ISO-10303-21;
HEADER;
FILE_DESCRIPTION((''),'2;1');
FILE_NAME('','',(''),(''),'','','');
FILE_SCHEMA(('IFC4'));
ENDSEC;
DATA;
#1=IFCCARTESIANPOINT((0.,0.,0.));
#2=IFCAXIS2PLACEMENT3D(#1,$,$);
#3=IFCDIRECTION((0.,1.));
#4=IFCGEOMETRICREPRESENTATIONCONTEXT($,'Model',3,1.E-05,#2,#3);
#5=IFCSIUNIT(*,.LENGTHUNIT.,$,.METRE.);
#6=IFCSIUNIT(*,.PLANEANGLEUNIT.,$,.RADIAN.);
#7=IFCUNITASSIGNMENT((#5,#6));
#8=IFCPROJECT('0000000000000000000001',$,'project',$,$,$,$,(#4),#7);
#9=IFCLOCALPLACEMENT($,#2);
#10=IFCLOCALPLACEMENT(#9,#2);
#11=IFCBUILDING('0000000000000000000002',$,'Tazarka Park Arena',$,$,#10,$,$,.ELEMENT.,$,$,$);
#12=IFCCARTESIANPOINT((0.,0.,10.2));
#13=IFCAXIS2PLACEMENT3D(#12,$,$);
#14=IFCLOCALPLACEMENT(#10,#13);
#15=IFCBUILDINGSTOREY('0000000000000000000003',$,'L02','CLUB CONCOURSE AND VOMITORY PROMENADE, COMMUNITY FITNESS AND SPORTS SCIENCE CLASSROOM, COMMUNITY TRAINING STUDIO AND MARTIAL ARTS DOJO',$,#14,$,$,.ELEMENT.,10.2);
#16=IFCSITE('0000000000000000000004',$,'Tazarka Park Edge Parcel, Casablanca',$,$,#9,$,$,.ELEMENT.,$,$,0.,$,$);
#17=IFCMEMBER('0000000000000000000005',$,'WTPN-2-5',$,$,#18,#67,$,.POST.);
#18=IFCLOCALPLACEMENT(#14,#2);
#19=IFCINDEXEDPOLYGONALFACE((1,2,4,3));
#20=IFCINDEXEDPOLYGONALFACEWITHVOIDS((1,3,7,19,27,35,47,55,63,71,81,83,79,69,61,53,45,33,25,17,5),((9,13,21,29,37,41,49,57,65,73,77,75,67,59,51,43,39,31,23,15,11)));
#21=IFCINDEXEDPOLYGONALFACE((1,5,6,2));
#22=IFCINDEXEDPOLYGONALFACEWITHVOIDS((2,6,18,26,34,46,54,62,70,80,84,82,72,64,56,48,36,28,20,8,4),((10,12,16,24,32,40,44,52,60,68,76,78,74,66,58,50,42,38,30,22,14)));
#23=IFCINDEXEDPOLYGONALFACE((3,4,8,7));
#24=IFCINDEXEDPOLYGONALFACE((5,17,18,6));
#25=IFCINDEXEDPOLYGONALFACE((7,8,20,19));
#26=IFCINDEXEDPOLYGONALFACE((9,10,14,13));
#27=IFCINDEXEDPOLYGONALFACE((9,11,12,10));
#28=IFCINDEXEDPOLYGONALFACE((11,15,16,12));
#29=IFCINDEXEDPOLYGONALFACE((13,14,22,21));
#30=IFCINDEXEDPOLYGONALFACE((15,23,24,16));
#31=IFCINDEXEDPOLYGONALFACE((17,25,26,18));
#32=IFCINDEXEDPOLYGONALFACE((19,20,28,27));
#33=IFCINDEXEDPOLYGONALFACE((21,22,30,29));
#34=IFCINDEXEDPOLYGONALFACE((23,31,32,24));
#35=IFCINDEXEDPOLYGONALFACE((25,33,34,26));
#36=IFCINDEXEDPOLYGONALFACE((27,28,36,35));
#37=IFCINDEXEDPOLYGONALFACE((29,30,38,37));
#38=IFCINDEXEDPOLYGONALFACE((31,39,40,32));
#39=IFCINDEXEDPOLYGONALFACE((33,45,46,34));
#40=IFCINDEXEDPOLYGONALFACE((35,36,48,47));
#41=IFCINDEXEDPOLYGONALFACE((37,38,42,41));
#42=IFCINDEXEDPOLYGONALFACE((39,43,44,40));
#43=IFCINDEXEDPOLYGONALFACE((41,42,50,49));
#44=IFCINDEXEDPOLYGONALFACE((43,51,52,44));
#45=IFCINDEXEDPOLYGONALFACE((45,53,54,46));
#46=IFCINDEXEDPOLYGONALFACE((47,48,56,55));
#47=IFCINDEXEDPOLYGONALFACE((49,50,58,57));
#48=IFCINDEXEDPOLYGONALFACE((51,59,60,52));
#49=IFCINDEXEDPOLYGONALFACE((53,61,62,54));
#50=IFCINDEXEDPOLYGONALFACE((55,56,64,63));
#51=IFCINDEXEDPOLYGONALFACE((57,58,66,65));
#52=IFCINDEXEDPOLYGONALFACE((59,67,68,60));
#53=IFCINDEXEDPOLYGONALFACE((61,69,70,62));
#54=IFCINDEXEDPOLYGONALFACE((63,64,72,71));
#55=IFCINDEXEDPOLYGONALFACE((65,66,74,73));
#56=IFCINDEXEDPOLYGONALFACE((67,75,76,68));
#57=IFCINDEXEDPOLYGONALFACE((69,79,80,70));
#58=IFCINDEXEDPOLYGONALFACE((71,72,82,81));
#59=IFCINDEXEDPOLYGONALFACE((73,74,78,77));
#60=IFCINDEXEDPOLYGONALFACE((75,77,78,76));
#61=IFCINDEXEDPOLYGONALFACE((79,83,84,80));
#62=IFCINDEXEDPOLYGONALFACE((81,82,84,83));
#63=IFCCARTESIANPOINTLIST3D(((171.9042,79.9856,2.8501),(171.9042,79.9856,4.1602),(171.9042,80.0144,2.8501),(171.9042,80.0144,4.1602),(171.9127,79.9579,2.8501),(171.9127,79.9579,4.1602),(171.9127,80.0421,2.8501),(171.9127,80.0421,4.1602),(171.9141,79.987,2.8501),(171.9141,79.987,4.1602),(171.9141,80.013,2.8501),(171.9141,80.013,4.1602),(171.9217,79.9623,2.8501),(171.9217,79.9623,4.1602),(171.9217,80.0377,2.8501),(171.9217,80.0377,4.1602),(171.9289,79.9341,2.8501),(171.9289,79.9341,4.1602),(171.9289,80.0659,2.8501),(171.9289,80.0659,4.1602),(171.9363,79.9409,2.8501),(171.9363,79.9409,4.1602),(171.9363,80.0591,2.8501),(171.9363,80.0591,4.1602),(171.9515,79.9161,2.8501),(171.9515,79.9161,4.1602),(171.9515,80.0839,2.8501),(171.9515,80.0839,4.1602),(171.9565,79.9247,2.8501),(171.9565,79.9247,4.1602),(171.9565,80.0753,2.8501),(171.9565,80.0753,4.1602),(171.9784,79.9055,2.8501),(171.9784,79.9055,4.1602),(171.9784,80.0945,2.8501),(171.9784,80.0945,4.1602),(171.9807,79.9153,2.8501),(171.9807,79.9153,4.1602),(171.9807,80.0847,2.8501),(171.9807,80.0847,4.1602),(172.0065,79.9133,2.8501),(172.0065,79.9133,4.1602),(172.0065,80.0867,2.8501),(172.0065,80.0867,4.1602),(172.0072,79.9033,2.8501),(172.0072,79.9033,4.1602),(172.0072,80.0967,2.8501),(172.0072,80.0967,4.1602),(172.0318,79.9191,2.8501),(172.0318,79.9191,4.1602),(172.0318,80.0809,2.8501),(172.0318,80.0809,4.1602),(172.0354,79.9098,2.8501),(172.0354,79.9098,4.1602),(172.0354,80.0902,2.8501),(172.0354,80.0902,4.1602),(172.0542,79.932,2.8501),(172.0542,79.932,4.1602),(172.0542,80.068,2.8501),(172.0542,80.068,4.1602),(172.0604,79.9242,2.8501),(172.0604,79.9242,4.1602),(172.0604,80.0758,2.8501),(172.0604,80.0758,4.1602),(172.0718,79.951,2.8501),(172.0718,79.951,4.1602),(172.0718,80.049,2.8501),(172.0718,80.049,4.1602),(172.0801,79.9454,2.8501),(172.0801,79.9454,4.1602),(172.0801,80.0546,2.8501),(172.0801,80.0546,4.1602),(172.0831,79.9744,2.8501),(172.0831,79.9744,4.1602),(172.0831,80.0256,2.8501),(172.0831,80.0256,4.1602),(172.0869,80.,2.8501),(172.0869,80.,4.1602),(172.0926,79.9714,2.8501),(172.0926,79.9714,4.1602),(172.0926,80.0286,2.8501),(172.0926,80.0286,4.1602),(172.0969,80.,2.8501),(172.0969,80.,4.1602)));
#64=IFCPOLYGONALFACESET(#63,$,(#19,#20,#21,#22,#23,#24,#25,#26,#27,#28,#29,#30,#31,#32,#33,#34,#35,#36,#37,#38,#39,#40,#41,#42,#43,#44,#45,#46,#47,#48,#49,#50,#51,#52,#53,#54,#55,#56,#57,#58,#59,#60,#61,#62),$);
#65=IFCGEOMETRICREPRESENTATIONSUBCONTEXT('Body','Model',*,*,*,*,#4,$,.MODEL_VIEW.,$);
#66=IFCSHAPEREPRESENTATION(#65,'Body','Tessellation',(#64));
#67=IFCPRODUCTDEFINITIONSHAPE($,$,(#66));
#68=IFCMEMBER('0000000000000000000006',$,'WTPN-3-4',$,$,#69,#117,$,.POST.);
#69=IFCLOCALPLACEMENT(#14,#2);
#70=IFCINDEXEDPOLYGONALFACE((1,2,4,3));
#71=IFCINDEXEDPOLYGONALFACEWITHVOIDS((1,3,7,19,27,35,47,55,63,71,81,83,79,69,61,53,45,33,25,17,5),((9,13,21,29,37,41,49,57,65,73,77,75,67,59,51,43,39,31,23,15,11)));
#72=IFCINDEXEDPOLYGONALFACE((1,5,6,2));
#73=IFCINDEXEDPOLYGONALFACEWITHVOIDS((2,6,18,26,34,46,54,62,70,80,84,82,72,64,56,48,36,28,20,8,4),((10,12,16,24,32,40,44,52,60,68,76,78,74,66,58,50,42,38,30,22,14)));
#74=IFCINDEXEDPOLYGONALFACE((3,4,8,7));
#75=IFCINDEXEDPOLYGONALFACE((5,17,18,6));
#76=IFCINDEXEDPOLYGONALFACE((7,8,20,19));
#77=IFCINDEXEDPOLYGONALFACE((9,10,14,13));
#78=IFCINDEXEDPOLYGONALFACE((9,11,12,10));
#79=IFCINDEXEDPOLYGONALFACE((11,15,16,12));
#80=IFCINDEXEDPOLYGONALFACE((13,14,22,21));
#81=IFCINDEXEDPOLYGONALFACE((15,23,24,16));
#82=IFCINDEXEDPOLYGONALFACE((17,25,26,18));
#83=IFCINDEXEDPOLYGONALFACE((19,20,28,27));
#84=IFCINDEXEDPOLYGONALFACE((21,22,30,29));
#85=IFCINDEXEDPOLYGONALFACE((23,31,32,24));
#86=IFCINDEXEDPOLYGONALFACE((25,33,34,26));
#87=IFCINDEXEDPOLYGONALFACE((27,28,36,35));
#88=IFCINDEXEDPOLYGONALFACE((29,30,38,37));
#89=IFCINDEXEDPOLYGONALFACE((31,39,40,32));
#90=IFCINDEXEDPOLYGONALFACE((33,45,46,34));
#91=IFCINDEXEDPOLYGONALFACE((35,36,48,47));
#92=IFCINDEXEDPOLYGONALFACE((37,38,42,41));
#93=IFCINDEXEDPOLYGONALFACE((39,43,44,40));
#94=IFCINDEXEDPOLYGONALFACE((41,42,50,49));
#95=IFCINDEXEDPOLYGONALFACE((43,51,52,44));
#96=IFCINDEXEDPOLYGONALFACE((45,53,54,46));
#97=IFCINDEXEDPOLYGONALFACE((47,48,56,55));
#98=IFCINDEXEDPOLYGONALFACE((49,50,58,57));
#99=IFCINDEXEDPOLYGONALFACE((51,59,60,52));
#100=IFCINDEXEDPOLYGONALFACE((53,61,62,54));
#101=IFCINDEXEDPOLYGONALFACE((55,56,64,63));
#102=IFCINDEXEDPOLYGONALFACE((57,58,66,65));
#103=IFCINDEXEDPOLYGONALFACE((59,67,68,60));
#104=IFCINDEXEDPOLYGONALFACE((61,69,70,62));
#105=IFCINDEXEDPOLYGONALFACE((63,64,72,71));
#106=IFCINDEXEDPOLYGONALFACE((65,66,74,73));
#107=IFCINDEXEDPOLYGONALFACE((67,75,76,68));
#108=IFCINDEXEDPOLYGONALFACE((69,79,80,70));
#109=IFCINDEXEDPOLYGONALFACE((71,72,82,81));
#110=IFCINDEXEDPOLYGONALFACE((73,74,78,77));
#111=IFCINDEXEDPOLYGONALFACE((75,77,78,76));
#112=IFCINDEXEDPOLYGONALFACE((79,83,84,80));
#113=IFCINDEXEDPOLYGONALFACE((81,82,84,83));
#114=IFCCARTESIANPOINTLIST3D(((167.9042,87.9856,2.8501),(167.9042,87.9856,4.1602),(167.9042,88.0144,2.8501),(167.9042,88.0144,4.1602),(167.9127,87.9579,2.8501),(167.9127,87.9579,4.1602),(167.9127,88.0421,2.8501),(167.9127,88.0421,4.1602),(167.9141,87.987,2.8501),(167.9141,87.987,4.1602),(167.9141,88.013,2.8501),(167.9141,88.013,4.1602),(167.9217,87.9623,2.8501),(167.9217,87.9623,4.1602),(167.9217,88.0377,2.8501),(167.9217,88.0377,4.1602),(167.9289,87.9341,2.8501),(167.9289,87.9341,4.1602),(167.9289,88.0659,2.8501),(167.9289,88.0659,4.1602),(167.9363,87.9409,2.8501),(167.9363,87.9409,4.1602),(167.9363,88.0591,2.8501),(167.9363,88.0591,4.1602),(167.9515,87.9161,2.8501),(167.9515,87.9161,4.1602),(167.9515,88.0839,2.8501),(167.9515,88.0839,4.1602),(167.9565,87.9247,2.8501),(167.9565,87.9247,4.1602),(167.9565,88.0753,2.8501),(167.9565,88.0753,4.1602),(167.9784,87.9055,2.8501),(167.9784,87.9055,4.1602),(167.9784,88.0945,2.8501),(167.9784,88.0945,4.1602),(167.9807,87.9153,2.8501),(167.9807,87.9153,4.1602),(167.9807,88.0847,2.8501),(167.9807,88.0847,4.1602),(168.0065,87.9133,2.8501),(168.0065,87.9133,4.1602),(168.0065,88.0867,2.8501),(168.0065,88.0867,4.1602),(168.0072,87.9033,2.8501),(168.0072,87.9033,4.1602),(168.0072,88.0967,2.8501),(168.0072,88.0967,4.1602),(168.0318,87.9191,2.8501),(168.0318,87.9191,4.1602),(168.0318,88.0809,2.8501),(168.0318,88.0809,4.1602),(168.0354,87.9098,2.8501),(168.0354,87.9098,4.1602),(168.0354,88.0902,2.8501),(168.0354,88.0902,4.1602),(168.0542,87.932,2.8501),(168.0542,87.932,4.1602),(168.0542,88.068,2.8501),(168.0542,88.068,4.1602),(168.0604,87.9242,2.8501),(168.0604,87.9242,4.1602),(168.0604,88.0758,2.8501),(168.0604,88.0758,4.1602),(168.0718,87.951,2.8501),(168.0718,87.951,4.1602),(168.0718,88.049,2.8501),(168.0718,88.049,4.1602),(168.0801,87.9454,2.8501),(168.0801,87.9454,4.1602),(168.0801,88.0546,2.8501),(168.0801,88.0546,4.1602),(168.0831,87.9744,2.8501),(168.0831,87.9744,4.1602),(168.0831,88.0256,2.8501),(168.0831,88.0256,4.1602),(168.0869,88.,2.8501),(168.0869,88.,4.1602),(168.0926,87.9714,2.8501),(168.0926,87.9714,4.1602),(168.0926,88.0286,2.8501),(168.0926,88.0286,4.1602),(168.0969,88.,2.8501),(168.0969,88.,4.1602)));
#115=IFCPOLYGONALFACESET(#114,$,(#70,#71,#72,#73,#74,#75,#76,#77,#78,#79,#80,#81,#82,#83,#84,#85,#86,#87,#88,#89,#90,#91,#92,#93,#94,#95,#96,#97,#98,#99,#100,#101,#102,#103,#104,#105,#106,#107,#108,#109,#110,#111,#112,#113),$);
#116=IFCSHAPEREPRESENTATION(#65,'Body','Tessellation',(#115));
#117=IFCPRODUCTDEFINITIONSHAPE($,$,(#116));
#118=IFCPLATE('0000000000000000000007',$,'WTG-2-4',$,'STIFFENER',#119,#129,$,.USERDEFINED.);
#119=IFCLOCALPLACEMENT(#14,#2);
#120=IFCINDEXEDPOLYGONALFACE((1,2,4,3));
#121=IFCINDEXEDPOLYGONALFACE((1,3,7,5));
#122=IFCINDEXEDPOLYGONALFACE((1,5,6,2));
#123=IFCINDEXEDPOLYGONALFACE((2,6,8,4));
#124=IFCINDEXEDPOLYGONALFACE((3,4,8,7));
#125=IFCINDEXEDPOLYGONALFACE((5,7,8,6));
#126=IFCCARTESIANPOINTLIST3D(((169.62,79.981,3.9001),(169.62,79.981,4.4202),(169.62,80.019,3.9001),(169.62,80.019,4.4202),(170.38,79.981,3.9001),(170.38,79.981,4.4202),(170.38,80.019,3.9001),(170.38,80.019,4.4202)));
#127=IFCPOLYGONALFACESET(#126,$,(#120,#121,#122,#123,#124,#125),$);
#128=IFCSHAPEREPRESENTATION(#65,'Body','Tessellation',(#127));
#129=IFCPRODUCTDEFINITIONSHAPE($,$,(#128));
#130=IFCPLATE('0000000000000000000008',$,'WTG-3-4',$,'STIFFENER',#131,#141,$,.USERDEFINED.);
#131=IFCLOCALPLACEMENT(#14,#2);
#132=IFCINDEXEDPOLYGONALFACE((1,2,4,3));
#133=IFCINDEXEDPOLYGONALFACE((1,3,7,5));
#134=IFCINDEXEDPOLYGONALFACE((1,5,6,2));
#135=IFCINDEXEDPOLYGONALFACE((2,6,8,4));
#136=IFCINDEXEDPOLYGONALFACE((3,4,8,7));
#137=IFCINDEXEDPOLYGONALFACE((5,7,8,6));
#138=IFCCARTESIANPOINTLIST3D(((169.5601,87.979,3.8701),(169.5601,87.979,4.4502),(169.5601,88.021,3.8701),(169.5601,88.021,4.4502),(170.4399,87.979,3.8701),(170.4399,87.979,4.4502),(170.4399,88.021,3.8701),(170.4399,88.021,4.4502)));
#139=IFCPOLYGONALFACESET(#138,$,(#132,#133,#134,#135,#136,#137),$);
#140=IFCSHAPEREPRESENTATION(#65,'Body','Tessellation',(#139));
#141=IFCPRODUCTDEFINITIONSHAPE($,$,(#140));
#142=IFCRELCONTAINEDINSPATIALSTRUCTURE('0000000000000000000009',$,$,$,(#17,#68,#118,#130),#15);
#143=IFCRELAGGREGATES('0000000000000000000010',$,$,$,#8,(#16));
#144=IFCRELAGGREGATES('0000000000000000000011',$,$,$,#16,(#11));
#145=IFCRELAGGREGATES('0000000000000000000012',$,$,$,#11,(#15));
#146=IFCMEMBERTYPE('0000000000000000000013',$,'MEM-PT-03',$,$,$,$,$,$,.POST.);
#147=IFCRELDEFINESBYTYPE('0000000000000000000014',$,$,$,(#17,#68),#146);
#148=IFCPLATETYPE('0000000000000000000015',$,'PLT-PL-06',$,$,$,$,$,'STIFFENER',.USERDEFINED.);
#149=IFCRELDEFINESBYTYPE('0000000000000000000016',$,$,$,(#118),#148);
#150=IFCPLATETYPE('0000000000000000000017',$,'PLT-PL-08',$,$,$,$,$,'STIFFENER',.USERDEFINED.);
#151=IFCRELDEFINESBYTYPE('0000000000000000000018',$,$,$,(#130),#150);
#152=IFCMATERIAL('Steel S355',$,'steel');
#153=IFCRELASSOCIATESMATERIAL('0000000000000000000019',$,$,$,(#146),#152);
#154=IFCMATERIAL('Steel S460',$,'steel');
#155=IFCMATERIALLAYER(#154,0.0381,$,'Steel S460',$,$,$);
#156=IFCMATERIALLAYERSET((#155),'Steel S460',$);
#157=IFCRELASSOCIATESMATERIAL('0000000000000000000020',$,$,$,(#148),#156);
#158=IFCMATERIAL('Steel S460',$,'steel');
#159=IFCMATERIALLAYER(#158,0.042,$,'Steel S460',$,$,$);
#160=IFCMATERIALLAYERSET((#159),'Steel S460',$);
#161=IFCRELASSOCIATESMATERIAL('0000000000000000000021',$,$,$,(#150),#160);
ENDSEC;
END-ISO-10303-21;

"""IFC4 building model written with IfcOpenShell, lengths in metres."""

from ifc_helpers import new_model, si_unit, direction, frame, origin, origin_2d, place, context, subcontext, project, spatial, rectangle, hollow_circle, extrude, material, layer, layer_set, material_profile, profile_set, type_object, element, save


model = new_model("IFC4")

# Units and contexts
model_context = context("Model", 3, precision=1e-05, world=origin(), true_north=direction((0.0, 1.0)))
body_context = subcontext(model_context, "Body", "Model", "MODEL_VIEW")
ifc_project = project(units=[si_unit("LENGTHUNIT", "METRE"), si_unit("PLANEANGLEUNIT", "RADIAN")], contexts=[model_context])

# Site, building, storey
site_placement = place(None, origin())
site = spatial("IfcSite", under=ifc_project, at=site_placement, Name="Tazarka Park Edge Parcel, Casablanca", CompositionType="ELEMENT", RefElevation=0.0)
building_placement = place(site_placement, origin())
building = spatial("IfcBuilding", under=site, at=building_placement, Name="Tazarka Park Arena", CompositionType="ELEMENT")
storey_placement = place(building_placement, frame((0.0, 0.0, 10.2)))
storey = spatial("IfcBuildingStorey", under=building, at=storey_placement, Name="L02", Description="CLUB CONCOURSE AND VOMITORY PROMENADE, COMMUNITY FITNESS AND SPORTS SCIENCE CLASSROOM, COMMUNITY TRAINING STUDIO AND MARTIAL ARTS DOJO", CompositionType="ELEMENT", Elevation=10.2)

# Members
ifc_material_1 = material(Name="Steel S355", Category="steel")
ifc_material_profile_1 = material_profile(ifc_material_1, hollow_circle(Radius=0.0969, WallThickness=0.01, at=origin_2d()), Name="Steel S355")
ifc_profile_set_1 = profile_set([ifc_material_profile_1], Name="Steel S355")
member_type_1 = type_object("IfcMemberType", Name="MEM-PT-03", PredefinedType="POST", material=ifc_profile_set_1)
for number, where, z_axis, x_axis, name in (
    (1, (172.0, 80.0, 2.8501), (0.0, 0.0, 1.0), (1.0, 0.0, 0.0), "WTPN-2-5"),
    (2, (168.0, 88.0, 2.8501), (0.0, 0.0, 1.0), (1.0, 0.0, 0.0), "WTPN-3-4"),
):
    element("IfcMember", number, at=place(storey_placement, frame(where, z_axis=z_axis, x_axis=x_axis)), inside=storey, type_object=member_type_1, Name=name, PredefinedType="POST", context=body_context, shape_type="SweptSolid", body=[
        extrude(hollow_circle(Radius=0.0969, WallThickness=0.01, at=origin_2d()), origin(), (0.0, 0.0, 1.0), 1.3101),
    ])

# Plates
ifc_material_2 = material(Name="Steel S460", Category="steel")
ifc_layer_1 = layer(ifc_material_2, 0.0381, Name="Steel S460")
ifc_layer_set_1 = layer_set([ifc_layer_1], Name="Steel S460")
plate_type_1 = type_object("IfcPlateType", Name="PLT-PL-06", ElementType="STIFFENER", PredefinedType="USERDEFINED", material=ifc_layer_set_1)
plate_1_placement = place(storey_placement, frame((170.0, 80.0, 3.9001), z_axis=(0.0, 0.0, 1.0), x_axis=(1.0, 0.0, 0.0)))
element("IfcPlate", 3, at=plate_1_placement, inside=storey, type_object=plate_type_1, Name="WTG-2-4", ObjectType="STIFFENER", PredefinedType="USERDEFINED", context=body_context, shape_type="SweptSolid", body=[
    extrude(rectangle(XDim=0.76, YDim=0.0381, at=origin_2d()), origin(), (0.0, 0.0, 1.0), 0.52),
])
ifc_material_3 = material(Name="Steel S460", Category="steel")
ifc_layer_2 = layer(ifc_material_3, 0.042, Name="Steel S460")
ifc_layer_set_2 = layer_set([ifc_layer_2], Name="Steel S460")
plate_type_2 = type_object("IfcPlateType", Name="PLT-PL-08", ElementType="STIFFENER", PredefinedType="USERDEFINED", material=ifc_layer_set_2)
plate_2_placement = place(storey_placement, frame((170.0, 88.0, 3.8701), z_axis=(0.0, 0.0, 1.0), x_axis=(1.0, 0.0, 0.0)))
element("IfcPlate", 4, at=plate_2_placement, inside=storey, type_object=plate_type_2, Name="WTG-3-4", ObjectType="STIFFENER", PredefinedType="USERDEFINED", context=body_context, shape_type="SweptSolid", body=[
    extrude(rectangle(XDim=0.8799, YDim=0.042, at=origin_2d()), origin(), (0.0, 0.0, 1.0), 0.5801),
])

save(model, "model.ifc")
